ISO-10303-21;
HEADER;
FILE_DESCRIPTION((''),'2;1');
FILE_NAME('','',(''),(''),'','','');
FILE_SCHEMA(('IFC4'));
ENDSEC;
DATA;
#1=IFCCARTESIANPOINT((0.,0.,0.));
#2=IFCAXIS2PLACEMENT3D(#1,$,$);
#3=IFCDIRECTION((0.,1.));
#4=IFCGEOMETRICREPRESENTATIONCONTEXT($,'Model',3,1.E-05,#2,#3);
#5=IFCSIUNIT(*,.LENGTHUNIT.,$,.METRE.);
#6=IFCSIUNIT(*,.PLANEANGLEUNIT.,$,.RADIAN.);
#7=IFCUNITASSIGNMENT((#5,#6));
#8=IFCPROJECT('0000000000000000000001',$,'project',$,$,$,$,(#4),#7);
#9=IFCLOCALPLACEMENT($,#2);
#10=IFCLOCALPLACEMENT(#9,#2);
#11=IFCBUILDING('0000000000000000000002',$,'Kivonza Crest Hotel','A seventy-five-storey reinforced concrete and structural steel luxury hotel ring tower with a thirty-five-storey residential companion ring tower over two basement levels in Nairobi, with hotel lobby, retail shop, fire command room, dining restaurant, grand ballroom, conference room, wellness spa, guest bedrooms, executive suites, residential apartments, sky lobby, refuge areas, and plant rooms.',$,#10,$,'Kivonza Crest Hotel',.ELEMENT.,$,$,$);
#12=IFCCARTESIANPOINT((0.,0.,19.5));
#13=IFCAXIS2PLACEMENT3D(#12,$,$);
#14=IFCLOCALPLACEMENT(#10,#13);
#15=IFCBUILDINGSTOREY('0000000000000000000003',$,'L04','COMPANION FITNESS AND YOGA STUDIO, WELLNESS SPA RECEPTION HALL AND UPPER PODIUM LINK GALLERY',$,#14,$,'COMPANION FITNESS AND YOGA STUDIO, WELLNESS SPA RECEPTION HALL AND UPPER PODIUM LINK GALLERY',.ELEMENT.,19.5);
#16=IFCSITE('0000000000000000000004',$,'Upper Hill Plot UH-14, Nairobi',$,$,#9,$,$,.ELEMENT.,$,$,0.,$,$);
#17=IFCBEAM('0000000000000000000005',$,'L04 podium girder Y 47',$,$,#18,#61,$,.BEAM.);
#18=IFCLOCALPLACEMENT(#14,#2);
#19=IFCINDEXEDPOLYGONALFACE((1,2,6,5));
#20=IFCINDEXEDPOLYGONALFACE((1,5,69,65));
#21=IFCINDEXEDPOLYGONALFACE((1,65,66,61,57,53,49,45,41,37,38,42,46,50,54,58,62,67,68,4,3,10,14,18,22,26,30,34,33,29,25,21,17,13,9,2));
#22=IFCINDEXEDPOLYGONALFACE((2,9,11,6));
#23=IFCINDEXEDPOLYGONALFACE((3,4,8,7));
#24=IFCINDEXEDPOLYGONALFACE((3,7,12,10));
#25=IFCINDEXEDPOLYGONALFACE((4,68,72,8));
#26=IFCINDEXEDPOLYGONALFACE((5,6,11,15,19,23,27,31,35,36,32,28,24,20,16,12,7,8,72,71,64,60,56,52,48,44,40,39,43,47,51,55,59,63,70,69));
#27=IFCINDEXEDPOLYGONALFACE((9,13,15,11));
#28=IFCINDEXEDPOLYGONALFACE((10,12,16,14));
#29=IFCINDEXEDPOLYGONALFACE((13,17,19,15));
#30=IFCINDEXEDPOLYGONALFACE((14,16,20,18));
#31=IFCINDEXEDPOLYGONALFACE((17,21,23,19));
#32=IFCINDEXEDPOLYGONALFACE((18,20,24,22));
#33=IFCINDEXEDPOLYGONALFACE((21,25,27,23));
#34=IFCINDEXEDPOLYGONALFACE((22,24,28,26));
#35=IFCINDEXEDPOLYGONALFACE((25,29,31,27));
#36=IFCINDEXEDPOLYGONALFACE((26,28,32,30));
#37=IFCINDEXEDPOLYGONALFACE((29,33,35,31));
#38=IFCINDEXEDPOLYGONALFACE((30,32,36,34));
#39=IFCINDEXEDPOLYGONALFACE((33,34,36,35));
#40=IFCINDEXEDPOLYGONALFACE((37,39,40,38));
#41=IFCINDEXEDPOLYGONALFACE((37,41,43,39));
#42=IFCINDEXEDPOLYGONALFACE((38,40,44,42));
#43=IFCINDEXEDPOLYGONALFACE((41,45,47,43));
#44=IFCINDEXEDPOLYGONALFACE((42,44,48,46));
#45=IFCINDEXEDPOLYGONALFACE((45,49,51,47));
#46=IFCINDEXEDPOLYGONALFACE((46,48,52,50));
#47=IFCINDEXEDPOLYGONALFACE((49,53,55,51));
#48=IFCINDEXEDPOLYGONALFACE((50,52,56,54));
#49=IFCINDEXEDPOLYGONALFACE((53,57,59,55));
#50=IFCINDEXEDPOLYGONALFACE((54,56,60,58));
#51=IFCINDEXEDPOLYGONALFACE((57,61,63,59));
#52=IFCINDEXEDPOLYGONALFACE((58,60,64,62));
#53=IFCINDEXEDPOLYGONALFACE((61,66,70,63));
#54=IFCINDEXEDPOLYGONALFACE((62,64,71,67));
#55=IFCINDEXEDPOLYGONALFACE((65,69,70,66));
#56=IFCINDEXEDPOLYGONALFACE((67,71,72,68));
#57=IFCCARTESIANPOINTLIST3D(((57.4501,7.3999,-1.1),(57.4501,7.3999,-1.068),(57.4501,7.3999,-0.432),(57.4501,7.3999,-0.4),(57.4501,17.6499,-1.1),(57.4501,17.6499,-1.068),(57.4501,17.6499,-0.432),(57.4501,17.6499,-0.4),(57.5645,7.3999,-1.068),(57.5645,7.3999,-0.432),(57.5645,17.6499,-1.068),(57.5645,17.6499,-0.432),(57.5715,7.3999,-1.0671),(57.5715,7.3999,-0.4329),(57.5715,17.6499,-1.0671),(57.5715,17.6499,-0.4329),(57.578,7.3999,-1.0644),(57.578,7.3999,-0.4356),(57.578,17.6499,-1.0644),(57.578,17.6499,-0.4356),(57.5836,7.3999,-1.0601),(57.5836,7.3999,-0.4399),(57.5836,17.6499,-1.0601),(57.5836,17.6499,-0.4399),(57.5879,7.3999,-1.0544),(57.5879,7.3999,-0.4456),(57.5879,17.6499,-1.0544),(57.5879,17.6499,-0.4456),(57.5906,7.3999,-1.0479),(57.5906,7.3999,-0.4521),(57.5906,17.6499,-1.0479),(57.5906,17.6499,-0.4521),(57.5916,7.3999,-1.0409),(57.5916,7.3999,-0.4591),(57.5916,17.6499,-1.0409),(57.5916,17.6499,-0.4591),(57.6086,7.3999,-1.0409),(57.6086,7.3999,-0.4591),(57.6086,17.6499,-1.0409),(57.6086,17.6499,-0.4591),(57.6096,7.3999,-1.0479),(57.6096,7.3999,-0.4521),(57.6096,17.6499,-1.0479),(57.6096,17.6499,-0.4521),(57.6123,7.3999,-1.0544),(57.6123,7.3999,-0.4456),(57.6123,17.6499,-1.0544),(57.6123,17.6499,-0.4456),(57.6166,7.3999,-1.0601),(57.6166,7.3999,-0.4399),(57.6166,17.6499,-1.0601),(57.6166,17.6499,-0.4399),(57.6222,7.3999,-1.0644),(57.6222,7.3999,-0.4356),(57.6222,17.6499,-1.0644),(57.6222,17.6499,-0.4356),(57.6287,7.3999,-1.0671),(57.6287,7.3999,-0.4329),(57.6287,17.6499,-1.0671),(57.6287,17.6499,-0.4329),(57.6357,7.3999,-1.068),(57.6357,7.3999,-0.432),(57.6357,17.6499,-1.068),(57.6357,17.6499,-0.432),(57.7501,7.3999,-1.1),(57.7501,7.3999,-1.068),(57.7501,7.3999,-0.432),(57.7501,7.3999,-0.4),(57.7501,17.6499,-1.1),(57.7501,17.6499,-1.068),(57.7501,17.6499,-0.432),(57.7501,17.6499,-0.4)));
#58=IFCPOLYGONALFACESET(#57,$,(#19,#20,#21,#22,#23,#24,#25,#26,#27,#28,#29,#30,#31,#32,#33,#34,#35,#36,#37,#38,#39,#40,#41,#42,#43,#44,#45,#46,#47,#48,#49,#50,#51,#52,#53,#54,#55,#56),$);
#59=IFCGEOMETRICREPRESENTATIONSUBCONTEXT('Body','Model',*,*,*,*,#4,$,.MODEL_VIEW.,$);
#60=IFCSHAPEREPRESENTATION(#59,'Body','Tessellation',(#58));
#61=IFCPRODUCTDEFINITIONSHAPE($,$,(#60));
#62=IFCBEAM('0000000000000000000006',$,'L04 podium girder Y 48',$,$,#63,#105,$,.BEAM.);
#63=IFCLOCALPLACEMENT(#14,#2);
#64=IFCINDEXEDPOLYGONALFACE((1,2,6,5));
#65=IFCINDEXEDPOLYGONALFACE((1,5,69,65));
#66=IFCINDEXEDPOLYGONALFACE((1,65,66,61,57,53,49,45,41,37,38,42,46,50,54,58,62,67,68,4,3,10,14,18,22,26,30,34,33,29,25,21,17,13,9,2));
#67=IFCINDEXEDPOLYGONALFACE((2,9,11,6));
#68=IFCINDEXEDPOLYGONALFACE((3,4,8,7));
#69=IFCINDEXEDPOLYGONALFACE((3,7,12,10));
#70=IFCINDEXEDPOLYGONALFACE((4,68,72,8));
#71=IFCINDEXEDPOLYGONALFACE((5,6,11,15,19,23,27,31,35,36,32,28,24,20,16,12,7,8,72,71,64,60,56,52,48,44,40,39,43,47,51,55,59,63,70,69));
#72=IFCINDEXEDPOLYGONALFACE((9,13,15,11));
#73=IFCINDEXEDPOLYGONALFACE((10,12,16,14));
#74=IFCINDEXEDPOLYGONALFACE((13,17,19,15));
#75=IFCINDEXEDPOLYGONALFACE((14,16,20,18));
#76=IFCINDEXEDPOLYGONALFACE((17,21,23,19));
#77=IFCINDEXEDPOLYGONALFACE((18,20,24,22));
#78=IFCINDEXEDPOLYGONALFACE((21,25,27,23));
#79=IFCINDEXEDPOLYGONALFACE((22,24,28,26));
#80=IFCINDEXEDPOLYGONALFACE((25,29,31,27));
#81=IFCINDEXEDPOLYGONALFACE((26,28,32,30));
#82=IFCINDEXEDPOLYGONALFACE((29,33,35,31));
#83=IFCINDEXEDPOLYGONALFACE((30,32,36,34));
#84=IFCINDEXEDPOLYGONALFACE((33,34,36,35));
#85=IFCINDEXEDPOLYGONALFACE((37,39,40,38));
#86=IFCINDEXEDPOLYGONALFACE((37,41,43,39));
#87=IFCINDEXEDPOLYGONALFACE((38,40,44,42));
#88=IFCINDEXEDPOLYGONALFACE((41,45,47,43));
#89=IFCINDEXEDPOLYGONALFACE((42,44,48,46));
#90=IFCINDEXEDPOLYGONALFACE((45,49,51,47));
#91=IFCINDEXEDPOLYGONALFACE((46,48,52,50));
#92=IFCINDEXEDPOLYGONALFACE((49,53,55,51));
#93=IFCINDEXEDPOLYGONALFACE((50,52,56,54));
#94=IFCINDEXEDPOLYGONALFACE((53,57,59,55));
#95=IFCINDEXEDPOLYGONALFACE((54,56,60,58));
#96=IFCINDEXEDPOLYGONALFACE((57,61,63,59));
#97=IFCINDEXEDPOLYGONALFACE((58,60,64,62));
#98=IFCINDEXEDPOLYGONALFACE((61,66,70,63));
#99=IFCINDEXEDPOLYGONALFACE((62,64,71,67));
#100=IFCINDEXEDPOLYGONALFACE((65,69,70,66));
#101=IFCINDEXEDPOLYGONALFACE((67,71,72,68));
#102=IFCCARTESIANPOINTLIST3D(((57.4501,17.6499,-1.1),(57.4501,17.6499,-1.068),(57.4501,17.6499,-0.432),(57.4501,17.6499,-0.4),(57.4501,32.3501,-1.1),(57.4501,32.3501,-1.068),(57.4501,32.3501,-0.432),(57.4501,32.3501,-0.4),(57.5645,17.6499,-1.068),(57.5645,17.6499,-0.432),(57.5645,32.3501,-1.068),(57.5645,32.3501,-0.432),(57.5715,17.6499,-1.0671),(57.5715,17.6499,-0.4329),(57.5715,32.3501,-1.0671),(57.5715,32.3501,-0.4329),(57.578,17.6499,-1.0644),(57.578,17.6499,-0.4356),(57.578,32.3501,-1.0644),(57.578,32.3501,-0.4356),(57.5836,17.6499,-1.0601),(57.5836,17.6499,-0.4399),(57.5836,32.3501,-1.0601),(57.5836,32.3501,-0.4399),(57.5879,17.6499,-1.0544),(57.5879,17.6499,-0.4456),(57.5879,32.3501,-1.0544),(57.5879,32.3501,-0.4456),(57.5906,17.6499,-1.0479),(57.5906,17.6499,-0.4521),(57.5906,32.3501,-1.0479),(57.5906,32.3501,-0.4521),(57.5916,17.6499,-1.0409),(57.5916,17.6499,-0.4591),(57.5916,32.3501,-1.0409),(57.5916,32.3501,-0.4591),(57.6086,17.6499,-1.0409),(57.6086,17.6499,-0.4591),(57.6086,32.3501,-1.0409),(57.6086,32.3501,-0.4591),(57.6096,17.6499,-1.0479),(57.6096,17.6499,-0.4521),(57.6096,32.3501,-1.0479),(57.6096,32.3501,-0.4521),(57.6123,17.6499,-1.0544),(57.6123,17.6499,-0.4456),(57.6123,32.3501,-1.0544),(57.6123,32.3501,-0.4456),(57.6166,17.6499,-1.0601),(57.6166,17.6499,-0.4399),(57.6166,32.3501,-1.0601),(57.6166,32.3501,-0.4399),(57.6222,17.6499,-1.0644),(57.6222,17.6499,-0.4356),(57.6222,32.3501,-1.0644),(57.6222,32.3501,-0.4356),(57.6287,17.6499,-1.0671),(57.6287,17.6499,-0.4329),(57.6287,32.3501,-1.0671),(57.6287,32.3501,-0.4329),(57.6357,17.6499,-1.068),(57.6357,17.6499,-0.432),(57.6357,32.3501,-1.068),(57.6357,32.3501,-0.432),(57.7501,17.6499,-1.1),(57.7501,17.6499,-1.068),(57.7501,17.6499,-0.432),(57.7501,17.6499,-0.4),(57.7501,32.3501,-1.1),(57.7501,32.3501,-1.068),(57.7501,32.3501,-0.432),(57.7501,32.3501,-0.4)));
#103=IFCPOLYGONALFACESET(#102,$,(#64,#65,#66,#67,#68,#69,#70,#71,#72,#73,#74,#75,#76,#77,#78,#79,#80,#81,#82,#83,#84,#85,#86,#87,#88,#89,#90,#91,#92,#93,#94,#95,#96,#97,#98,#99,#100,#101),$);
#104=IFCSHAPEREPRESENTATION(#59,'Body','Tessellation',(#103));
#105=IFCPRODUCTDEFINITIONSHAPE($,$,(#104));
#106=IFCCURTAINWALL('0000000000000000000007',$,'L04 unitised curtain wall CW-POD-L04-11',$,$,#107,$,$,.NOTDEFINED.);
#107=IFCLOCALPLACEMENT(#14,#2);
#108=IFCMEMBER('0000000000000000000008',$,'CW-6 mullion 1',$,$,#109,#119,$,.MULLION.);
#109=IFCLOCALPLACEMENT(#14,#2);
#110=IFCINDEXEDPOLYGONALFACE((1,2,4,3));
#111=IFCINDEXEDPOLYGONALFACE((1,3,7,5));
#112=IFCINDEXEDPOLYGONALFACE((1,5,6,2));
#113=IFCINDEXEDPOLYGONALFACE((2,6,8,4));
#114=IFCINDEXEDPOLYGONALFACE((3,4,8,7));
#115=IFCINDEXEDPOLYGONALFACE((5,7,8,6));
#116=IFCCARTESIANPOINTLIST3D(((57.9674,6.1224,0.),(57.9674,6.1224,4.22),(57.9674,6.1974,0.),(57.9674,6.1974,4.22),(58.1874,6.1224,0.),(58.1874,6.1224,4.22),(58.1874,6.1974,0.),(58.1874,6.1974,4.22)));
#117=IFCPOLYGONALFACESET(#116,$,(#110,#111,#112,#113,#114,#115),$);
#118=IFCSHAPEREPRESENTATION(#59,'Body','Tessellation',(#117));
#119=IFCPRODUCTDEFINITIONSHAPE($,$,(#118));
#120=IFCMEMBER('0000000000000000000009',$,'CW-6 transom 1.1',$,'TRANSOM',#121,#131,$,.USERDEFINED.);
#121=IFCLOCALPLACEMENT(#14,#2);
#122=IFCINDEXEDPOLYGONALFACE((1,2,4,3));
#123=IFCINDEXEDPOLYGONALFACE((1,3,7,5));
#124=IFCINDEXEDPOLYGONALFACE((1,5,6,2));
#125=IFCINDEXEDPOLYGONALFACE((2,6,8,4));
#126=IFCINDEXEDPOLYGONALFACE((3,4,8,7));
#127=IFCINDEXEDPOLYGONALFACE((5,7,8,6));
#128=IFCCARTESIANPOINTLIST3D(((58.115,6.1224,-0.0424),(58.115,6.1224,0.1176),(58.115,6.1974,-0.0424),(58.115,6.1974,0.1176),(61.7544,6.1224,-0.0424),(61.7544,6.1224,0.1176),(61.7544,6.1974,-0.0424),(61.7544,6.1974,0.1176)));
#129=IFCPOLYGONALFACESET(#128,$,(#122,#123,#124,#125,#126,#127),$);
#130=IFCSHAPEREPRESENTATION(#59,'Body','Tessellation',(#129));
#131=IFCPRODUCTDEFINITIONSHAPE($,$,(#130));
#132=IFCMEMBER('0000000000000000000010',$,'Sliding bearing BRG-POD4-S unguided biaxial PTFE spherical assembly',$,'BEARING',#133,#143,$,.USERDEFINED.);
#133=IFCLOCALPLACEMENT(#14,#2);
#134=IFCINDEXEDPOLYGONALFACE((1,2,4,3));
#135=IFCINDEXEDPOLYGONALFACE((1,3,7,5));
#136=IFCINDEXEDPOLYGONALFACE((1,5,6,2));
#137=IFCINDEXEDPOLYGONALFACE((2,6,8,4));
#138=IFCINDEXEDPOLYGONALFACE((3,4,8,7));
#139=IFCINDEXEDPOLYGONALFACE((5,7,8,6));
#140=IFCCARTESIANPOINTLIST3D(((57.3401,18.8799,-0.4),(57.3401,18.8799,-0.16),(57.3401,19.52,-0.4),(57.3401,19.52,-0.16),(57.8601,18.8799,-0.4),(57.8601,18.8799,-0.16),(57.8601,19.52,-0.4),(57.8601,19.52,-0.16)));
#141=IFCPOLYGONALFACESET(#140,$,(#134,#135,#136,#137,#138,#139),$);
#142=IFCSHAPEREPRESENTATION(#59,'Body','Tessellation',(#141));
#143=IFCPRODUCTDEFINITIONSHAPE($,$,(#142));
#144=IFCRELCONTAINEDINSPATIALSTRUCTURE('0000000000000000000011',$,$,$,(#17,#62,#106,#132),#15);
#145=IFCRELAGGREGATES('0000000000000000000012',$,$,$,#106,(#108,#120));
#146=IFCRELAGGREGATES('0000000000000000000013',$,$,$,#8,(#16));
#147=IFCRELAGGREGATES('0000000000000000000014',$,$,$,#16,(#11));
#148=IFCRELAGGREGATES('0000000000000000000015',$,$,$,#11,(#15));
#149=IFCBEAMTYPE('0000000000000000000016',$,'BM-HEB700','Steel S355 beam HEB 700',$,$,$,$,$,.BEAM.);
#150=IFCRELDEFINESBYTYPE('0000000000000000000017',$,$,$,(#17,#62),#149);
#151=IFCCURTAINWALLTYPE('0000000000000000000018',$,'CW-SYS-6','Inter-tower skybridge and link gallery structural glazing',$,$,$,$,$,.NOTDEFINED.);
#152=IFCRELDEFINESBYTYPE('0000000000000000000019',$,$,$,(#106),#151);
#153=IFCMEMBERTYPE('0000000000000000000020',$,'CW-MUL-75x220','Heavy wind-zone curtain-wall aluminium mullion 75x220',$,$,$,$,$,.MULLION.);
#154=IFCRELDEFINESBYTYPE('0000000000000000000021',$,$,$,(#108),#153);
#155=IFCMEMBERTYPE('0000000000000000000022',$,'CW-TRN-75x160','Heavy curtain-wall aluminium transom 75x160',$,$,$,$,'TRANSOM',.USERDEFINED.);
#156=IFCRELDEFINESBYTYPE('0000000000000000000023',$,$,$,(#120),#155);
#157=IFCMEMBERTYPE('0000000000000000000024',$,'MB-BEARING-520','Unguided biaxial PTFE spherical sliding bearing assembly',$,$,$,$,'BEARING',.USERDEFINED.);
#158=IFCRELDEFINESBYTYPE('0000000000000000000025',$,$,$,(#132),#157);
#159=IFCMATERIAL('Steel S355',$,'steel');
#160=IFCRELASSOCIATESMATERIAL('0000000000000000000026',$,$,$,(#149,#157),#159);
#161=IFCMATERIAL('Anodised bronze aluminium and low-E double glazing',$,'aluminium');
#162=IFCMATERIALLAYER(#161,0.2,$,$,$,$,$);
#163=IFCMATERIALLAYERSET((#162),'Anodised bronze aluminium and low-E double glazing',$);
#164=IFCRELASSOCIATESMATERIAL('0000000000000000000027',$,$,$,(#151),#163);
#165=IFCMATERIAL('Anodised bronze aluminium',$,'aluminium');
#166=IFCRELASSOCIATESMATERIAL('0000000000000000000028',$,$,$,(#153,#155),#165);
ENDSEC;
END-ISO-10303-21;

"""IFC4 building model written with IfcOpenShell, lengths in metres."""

from ifc_helpers import new_model, si_unit, direction, frame, origin, origin_2d, place, context, subcontext, project, spatial, rectangle, i_section, extrude, material, layer, layer_set, material_profile, profile_set, type_object, element, aggregate, save


model = new_model("IFC4")

# Units and contexts
model_context = context("Model", 3, precision=1e-05, world=origin(), true_north=direction((0.0, 1.0)))
body_context = subcontext(model_context, "Body", "Model", "MODEL_VIEW")
ifc_project = project(units=[si_unit("LENGTHUNIT", "METRE"), si_unit("PLANEANGLEUNIT", "RADIAN")], contexts=[model_context])

# Site, building, storey
site_placement = place(None, origin())
site = spatial("IfcSite", under=ifc_project, at=site_placement, Name="Upper Hill Plot UH-14, Nairobi", CompositionType="ELEMENT", RefElevation=0.0)
building_placement = place(site_placement, origin())
building = spatial("IfcBuilding", under=site, at=building_placement, Name="Kivonza Crest Hotel", Description="A seventy-five-storey reinforced concrete and structural steel luxury hotel ring tower with a thirty-five-storey residential companion ring tower over two basement levels in Nairobi, with hotel lobby, retail shop, fire command room, dining restaurant, grand ballroom, conference room, wellness spa, guest bedrooms, executive suites, residential apartments, sky lobby, refuge areas, and plant rooms.", LongName="Kivonza Crest Hotel", CompositionType="ELEMENT")
storey_placement = place(building_placement, frame((0.0, 0.0, 19.5)))
storey = spatial("IfcBuildingStorey", under=building, at=storey_placement, Name="L04", Description="COMPANION FITNESS AND YOGA STUDIO, WELLNESS SPA RECEPTION HALL AND UPPER PODIUM LINK GALLERY", LongName="COMPANION FITNESS AND YOGA STUDIO, WELLNESS SPA RECEPTION HALL AND UPPER PODIUM LINK GALLERY", CompositionType="ELEMENT", Elevation=19.5)

# Beams
ifc_material_1 = material(Name="Steel S355", Category="steel")
ifc_material_profile_1 = material_profile(ifc_material_1, i_section(OverallWidth=0.3, OverallDepth=0.7, WebThickness=0.0171, FlangeThickness=0.032, FilletRadius=0.0271, at=origin_2d()), Name="HEB 700")
ifc_profile_set_1 = profile_set([ifc_material_profile_1], Name="Steel S355")
beam_type_1 = type_object("IfcBeamType", Name="BM-HEB700", Description="Steel S355 beam HEB 700", PredefinedType="BEAM", material=ifc_profile_set_1)
beam_1_placement = place(storey_placement, frame((57.6001, 7.3999, -0.75), z_axis=(0.0, 1.0, 0.0), x_axis=(-1.0, 0.0, 0.0)))
element("IfcBeam", 1, at=beam_1_placement, inside=storey, type_object=beam_type_1, Name="L04 podium girder Y 47", PredefinedType="BEAM", context=body_context, shape_type="SweptSolid", body=[
    extrude(i_section(OverallWidth=0.3, OverallDepth=0.7, WebThickness=0.0171, FlangeThickness=0.032, FilletRadius=0.0271, at=origin_2d()), origin(), (0.0, 0.0, 1.0), 10.25),
])
beam_2_placement = place(storey_placement, frame((57.6001, 17.6499, -0.75), z_axis=(0.0, 1.0, 0.0), x_axis=(-1.0, 0.0, 0.0)))
element("IfcBeam", 2, at=beam_2_placement, inside=storey, type_object=beam_type_1, Name="L04 podium girder Y 48", PredefinedType="BEAM", context=body_context, shape_type="SweptSolid", body=[
    extrude(i_section(OverallWidth=0.3, OverallDepth=0.7, WebThickness=0.0171, FlangeThickness=0.032, FilletRadius=0.0271, at=origin_2d()), origin(), (0.0, 0.0, 1.0), 14.7002),
])

# Curtain wall, members
ifc_material_2 = material(Name="Anodised bronze aluminium and low-E double glazing", Category="aluminium")
ifc_layer_1 = layer(ifc_material_2, 0.2)
ifc_layer_set_1 = layer_set([ifc_layer_1], Name="Anodised bronze aluminium and low-E double glazing")
curtain_wall_type = type_object("IfcCurtainWallType", Name="CW-SYS-6", Description="Inter-tower skybridge and link gallery structural glazing", PredefinedType="NOTDEFINED", material=ifc_layer_set_1)
curtain_wall_placement = place(storey_placement, origin())
curtain_wall = element("IfcCurtainWall", 3, at=curtain_wall_placement, inside=storey, type_object=curtain_wall_type, Name="L04 unitised curtain wall CW-POD-L04-11", PredefinedType="NOTDEFINED")
ifc_material_3 = material(Name="Anodised bronze aluminium", Category="aluminium")
ifc_material_profile_2 = material_profile(ifc_material_3, rectangle(XDim=0.075, YDim=0.22, at=origin_2d()), Name="CW-M 75x220")
ifc_profile_set_2 = profile_set([ifc_material_profile_2], Name="Anodised bronze aluminium")
member_type_1 = type_object("IfcMemberType", Name="CW-MUL-75x220", Description="Heavy wind-zone curtain-wall aluminium mullion 75x220", PredefinedType="MULLION", material=ifc_profile_set_2)
member_1_placement = place(storey_placement, frame((58.0774, 6.1599, 0.0), z_axis=(0.0, 0.0, 1.0), x_axis=(0.0, 1.0, 0.0)))
member_1 = element("IfcMember", 4, at=member_1_placement, type_object=member_type_1, Name="CW-6 mullion 1", PredefinedType="MULLION", context=body_context, shape_type="SweptSolid", body=[
    extrude(rectangle(XDim=0.075, YDim=0.22, at=origin_2d()), origin(), (0.0, 0.0, 1.0), 4.22),
])
ifc_material_profile_3 = material_profile(ifc_material_3, rectangle(XDim=0.075, YDim=0.1599, at=origin_2d()), Name="CW-T 75x160")
ifc_profile_set_3 = profile_set([ifc_material_profile_3], Name="Anodised bronze aluminium")
member_type_2 = type_object("IfcMemberType", Name="CW-TRN-75x160", Description="Heavy curtain-wall aluminium transom 75x160", ElementType="TRANSOM", PredefinedType="USERDEFINED", material=ifc_profile_set_3)
member_2_placement = place(storey_placement, frame((58.115, 6.1599, 0.0376), z_axis=(1.0, 0.0, 0.0), x_axis=(0.0, 1.0, 0.0)))
member_2 = element("IfcMember", 5, at=member_2_placement, type_object=member_type_2, Name="CW-6 transom 1.1", ObjectType="TRANSOM", PredefinedType="USERDEFINED", context=body_context, shape_type="SweptSolid", body=[
    extrude(rectangle(XDim=0.075, YDim=0.1599, at=origin_2d()), origin(), (0.0, 0.0, 1.0), 3.6394),
])
aggregate(curtain_wall, [member_1, member_2])

# Member
ifc_material_profile_4 = material_profile(ifc_material_1, rectangle(XDim=0.52, YDim=0.24, at=origin_2d()), Name="BEARING 520x240")
ifc_profile_set_4 = profile_set([ifc_material_profile_4], Name="Steel S355")
member_type_3 = type_object("IfcMemberType", Name="MB-BEARING-520", Description="Unguided biaxial PTFE spherical sliding bearing assembly", ElementType="BEARING", PredefinedType="USERDEFINED", material=ifc_profile_set_4)
member_3_placement = place(storey_placement, frame((57.6001, 18.8799, -0.28), z_axis=(0.0, 1.0, 0.0), x_axis=(-1.0, 0.0, 0.0)))
element("IfcMember", 6, at=member_3_placement, inside=storey, type_object=member_type_3, Name="Sliding bearing BRG-POD4-S unguided biaxial PTFE spherical assembly", ObjectType="BEARING", PredefinedType="USERDEFINED", context=body_context, shape_type="SweptSolid", body=[
    extrude(rectangle(XDim=0.52, YDim=0.24, at=origin_2d()), origin(), (0.0, 0.0, 1.0), 0.6401),
])

save(model, "model.ifc")
